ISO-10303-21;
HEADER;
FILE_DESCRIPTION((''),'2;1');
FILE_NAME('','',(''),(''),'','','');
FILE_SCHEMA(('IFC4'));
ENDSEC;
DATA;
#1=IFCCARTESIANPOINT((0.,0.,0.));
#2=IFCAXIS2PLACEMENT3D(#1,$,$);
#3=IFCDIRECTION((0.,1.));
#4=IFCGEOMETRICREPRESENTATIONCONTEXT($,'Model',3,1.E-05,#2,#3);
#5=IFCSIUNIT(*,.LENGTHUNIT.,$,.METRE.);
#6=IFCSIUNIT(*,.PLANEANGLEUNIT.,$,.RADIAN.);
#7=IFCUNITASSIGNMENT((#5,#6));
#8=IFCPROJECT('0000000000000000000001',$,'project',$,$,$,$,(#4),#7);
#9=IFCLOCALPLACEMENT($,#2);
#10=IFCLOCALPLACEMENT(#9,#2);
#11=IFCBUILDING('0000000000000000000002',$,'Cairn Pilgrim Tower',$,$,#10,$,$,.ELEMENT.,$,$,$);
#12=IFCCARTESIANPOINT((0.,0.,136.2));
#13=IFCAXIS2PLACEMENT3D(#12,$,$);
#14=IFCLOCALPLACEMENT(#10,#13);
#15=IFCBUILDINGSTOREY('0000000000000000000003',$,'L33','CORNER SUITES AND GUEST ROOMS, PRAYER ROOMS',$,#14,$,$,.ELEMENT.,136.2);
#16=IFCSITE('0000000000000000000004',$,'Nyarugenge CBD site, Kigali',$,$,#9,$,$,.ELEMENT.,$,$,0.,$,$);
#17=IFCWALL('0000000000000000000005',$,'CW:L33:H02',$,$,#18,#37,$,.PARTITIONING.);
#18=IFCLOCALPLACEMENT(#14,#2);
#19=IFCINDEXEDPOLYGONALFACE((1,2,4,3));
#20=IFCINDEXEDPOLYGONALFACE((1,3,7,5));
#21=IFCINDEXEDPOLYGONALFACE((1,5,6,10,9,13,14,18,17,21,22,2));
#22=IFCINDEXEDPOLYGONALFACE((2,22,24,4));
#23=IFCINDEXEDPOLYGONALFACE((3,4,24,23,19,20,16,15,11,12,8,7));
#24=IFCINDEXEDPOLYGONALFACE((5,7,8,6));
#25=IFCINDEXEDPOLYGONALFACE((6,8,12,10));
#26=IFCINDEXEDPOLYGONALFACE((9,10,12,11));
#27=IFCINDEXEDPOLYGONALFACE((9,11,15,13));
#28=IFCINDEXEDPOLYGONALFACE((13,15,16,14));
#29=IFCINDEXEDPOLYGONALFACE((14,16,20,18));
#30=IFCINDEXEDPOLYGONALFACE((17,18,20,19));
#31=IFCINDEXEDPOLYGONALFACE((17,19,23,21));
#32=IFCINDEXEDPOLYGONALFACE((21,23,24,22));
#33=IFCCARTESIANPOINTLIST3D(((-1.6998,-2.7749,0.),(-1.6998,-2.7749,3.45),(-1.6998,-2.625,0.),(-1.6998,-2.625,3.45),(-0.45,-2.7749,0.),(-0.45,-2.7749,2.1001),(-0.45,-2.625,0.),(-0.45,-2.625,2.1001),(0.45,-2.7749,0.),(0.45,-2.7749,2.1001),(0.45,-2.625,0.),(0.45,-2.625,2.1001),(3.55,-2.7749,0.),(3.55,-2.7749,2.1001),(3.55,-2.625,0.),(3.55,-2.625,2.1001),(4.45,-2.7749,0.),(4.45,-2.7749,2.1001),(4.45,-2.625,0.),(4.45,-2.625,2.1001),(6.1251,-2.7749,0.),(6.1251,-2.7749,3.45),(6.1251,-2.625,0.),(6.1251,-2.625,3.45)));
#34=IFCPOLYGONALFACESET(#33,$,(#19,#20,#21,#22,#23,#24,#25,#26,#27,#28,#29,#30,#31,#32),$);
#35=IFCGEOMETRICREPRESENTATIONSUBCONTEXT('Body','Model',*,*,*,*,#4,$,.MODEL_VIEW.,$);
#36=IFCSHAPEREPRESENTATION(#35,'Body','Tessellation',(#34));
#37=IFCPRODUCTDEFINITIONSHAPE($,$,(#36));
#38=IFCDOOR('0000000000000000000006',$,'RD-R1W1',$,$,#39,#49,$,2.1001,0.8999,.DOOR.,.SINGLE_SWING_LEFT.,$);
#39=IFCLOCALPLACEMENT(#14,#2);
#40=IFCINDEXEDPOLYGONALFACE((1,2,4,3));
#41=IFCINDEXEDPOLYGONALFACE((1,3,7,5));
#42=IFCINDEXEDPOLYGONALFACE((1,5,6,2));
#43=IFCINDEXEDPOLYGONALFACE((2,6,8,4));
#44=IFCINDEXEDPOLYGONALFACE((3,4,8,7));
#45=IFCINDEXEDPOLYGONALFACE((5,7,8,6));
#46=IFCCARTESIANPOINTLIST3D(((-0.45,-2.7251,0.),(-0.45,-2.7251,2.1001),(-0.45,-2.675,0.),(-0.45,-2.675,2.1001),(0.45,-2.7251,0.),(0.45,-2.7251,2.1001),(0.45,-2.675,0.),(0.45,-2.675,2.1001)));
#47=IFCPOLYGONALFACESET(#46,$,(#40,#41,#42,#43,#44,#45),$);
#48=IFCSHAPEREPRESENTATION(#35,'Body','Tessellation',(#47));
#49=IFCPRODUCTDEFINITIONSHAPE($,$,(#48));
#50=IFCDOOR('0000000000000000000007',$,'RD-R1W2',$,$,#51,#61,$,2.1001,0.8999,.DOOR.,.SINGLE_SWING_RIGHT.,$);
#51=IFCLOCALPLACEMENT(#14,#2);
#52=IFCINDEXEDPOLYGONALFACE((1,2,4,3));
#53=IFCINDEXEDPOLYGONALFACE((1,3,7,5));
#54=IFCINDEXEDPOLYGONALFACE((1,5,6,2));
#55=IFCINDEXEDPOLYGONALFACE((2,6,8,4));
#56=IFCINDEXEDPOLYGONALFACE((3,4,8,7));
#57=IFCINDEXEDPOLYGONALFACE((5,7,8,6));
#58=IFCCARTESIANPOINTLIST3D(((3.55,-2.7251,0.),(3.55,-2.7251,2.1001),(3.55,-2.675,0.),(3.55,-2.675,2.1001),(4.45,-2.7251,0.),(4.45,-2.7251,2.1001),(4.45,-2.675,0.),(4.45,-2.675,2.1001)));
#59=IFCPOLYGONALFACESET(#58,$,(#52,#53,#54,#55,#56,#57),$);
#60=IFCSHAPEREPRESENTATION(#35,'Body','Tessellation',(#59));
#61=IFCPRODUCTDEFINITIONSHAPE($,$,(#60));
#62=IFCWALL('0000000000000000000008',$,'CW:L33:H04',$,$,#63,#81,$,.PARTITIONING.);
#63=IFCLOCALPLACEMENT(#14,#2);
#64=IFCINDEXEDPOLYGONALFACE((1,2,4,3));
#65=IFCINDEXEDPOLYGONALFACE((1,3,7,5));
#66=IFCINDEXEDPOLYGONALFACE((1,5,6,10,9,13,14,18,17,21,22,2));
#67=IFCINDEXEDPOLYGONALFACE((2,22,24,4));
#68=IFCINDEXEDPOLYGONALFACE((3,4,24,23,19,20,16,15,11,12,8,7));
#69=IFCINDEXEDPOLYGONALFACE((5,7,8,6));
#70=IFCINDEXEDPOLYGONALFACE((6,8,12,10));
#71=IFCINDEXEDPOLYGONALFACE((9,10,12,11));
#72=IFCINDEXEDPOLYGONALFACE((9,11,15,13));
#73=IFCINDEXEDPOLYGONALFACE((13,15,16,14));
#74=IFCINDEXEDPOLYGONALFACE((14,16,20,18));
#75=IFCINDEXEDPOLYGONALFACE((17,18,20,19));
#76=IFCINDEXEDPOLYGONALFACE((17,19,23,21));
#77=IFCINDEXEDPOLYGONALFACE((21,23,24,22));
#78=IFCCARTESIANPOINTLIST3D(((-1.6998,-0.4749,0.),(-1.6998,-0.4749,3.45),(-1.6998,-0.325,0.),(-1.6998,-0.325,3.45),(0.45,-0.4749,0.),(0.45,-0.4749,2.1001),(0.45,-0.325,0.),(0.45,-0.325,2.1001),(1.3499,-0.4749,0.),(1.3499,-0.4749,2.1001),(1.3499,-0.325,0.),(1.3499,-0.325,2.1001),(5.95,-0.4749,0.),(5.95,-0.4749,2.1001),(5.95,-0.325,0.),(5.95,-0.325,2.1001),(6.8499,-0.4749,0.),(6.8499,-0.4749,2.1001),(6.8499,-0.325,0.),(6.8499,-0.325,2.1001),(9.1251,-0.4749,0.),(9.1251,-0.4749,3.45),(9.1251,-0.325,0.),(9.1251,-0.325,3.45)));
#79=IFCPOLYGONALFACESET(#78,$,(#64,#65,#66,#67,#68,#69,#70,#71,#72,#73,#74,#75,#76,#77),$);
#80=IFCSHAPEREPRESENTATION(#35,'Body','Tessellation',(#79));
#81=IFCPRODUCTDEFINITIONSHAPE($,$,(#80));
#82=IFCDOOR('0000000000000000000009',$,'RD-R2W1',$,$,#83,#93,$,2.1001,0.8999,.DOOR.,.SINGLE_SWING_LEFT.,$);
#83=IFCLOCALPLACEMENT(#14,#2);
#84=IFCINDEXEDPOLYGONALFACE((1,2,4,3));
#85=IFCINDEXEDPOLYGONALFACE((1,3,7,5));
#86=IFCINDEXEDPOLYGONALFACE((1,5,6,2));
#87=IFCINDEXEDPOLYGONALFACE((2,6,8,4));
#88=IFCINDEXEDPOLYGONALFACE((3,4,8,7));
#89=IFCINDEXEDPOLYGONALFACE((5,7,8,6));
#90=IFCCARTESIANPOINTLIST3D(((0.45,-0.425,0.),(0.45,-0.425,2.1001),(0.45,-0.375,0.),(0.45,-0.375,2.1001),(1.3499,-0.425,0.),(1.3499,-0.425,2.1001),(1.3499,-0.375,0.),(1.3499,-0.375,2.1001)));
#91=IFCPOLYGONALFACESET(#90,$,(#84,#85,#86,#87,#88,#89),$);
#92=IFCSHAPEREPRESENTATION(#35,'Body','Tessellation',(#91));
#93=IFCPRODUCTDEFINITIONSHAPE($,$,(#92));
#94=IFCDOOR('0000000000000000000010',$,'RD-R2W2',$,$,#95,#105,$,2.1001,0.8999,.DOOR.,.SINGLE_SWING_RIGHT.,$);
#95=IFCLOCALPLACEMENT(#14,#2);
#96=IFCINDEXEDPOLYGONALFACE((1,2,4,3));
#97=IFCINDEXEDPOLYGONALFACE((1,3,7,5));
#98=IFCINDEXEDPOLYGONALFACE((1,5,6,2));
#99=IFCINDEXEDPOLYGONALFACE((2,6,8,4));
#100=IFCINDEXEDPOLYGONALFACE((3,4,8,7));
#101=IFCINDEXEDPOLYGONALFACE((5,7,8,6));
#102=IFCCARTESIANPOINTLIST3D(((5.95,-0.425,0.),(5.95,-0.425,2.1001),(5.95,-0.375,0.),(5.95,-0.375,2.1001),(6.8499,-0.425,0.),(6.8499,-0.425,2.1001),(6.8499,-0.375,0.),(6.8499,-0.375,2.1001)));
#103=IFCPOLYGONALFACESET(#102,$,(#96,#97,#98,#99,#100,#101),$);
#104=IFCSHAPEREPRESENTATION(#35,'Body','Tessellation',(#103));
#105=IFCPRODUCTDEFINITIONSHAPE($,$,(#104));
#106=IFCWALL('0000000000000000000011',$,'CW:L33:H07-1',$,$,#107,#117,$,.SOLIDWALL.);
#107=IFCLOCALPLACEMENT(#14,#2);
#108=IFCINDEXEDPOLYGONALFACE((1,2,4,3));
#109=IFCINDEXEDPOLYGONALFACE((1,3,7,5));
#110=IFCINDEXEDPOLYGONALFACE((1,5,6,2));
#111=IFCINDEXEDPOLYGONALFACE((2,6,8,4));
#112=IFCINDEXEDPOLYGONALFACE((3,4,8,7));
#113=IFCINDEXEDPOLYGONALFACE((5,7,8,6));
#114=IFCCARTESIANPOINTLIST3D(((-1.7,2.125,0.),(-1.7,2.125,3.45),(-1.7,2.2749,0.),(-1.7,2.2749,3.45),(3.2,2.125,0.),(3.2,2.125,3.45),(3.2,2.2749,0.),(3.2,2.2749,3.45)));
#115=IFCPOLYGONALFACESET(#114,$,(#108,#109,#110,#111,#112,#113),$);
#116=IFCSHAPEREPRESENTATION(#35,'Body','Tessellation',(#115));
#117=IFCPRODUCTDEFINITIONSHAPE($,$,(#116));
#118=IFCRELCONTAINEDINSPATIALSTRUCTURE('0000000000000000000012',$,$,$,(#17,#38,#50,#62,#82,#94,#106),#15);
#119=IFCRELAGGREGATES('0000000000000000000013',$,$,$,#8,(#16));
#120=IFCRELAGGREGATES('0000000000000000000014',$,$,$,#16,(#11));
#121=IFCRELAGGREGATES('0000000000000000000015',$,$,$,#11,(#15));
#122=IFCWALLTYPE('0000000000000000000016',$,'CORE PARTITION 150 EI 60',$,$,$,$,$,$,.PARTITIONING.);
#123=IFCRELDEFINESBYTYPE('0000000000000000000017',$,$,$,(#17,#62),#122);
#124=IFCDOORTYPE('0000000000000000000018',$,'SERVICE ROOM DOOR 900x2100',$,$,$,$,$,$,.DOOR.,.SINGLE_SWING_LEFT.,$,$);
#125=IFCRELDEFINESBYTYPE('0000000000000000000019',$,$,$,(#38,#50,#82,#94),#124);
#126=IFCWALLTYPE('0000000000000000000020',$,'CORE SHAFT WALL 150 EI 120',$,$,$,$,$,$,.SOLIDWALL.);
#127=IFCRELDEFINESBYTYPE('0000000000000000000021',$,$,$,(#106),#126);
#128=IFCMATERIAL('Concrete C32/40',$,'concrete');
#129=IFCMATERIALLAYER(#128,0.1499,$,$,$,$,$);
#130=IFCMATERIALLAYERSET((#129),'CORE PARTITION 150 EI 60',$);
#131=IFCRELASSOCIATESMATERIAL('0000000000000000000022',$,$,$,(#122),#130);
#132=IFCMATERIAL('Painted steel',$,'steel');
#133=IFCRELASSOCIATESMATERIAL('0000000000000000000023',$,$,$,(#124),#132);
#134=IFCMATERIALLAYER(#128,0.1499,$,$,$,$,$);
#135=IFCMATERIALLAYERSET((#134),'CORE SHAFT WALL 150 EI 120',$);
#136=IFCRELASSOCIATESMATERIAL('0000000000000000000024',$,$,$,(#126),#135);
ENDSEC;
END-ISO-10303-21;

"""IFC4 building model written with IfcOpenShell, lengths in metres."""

from ifc_helpers import new_model, si_unit, direction, frame, frame_2d, origin, place, context, subcontext, project, spatial, rectangle, extrude, material, layer, layer_set, type_object, element, fill, save


model = new_model("IFC4")

# Units and contexts
model_context = context("Model", 3, precision=1e-05, world=origin(), true_north=direction((0.0, 1.0)))
body_context = subcontext(model_context, "Body", "Model", "MODEL_VIEW")
ifc_project = project(units=[si_unit("LENGTHUNIT", "METRE"), si_unit("PLANEANGLEUNIT", "RADIAN")], contexts=[model_context])

# Site, building, storey
site_placement = place(None, origin())
site = spatial("IfcSite", under=ifc_project, at=site_placement, Name="Nyarugenge CBD site, Kigali", CompositionType="ELEMENT", RefElevation=0.0)
building_placement = place(site_placement, origin())
building = spatial("IfcBuilding", under=site, at=building_placement, Name="Cairn Pilgrim Tower", CompositionType="ELEMENT")
storey_placement = place(building_placement, frame((0.0, 0.0, 136.2)))
storey = spatial("IfcBuildingStorey", under=building, at=storey_placement, Name="L33", Description="CORNER SUITES AND GUEST ROOMS, PRAYER ROOMS", CompositionType="ELEMENT", Elevation=136.2)

# Shared definitions
ifc_material_1 = material(Name="Concrete C32/40", Category="concrete")

# Walls, openings, doors
ifc_material_2 = material(Name="Painted steel", Category="steel")
ifc_layer_1 = layer(ifc_material_1, 0.1499)
ifc_layer_set_1 = layer_set([ifc_layer_1], Name="CORE PARTITION 150 EI 60")
wall_type_1 = type_object("IfcWallType", Name="CORE PARTITION 150 EI 60", PredefinedType="PARTITIONING", material=ifc_layer_set_1)
wall_1_placement = place(storey_placement, frame((-1.7, -2.7, 0.0), z_axis=(0.0, 0.0, 1.0), x_axis=(1.0, 0.0, 0.0)))
wall_1 = element("IfcWall", 1, at=wall_1_placement, inside=storey, type_object=wall_type_1, Name="CW:L33:H02", PredefinedType="PARTITIONING", context=body_context, shape_type="SweptSolid", body=[
    extrude(rectangle(XDim=7.825, YDim=0.1499, at=frame_2d((3.9126, 0.0))), origin(), (0.0, 0.0, 1.0), 3.45),
])
opening_1_placement = place(wall_1_placement, frame((1.25, 0.0, 0.0)))
opening_1 = element("IfcOpeningElement", 2, at=opening_1_placement, cuts=wall_1, PredefinedType="OPENING", context=body_context, shape_type="SweptSolid", body=[
    extrude(rectangle(XDim=0.8999, YDim=2.1001, at=frame_2d((0.45, 1.05))), frame((0.0, 0.085, 0.0), z_axis=(0.0, -1.0, 0.0), x_axis=(1.0, 0.0, 0.0)), (0.0, 0.0, 1.0), 0.1699),
])
opening_2_placement = place(wall_1_placement, frame((5.25, 0.0, 0.0)))
opening_2 = element("IfcOpeningElement", 3, at=opening_2_placement, cuts=wall_1, PredefinedType="OPENING", context=body_context, shape_type="SweptSolid", body=[
    extrude(rectangle(XDim=0.8999, YDim=2.1001, at=frame_2d((0.45, 1.05))), frame((0.0, 0.085, 0.0), z_axis=(0.0, -1.0, 0.0), x_axis=(1.0, 0.0, 0.0)), (0.0, 0.0, 1.0), 0.1699),
])
door_type_1 = type_object("IfcDoorType", Name="SERVICE ROOM DOOR 900x2100", OperationType="SINGLE_SWING_LEFT", PredefinedType="DOOR", material=ifc_material_2)
door_1_placement = place(opening_1_placement, origin())
door_1 = element("IfcDoor", 4, at=door_1_placement, inside=storey, type_object=door_type_1, Name="RD-R1W1", OperationType="SINGLE_SWING_LEFT", OverallHeight=2.1001, OverallWidth=0.8999, PredefinedType="DOOR", context=body_context, shape_type="SweptSolid", body=[
    extrude(rectangle(XDim=0.8999, YDim=2.1001, at=frame_2d((0.45, 1.05))), frame((0.0, 0.0249, 0.0), z_axis=(0.0, -1.0, 0.0), x_axis=(1.0, 0.0, 0.0)), (0.0, 0.0, 1.0), 0.05),
])
fill(opening_1, door_1)
door_2_placement = place(opening_2_placement, origin())
door_2 = element("IfcDoor", 5, at=door_2_placement, inside=storey, type_object=door_type_1, Name="RD-R1W2", OperationType="SINGLE_SWING_RIGHT", OverallHeight=2.1001, OverallWidth=0.8999, PredefinedType="DOOR", context=body_context, shape_type="SweptSolid", body=[
    extrude(rectangle(XDim=0.8999, YDim=2.1001, at=frame_2d((0.45, 1.05))), frame((0.0, 0.0249, 0.0), z_axis=(0.0, -1.0, 0.0), x_axis=(1.0, 0.0, 0.0)), (0.0, 0.0, 1.0), 0.05),
])
fill(opening_2, door_2)
wall_2_placement = place(storey_placement, frame((-1.7, -0.3999, 0.0), z_axis=(0.0, 0.0, 1.0), x_axis=(1.0, 0.0, 0.0)))
wall_2 = element("IfcWall", 6, at=wall_2_placement, inside=storey, type_object=wall_type_1, Name="CW:L33:H04", PredefinedType="PARTITIONING", context=body_context, shape_type="SweptSolid", body=[
    extrude(rectangle(XDim=10.825, YDim=0.1499, at=frame_2d((5.4126, 0.0))), origin(), (0.0, 0.0, 1.0), 3.45),
])
opening_3_placement = place(wall_2_placement, frame((2.1499, 0.0, 0.0)))
opening_3 = element("IfcOpeningElement", 7, at=opening_3_placement, cuts=wall_2, PredefinedType="OPENING", context=body_context, shape_type="SweptSolid", body=[
    extrude(rectangle(XDim=0.8999, YDim=2.1001, at=frame_2d((0.45, 1.05))), frame((0.0, 0.085, 0.0), z_axis=(0.0, -1.0, 0.0), x_axis=(1.0, 0.0, 0.0)), (0.0, 0.0, 1.0), 0.1699),
])
opening_4_placement = place(wall_2_placement, frame((7.6499, 0.0, 0.0)))
opening_4 = element("IfcOpeningElement", 8, at=opening_4_placement, cuts=wall_2, PredefinedType="OPENING", context=body_context, shape_type="SweptSolid", body=[
    extrude(rectangle(XDim=0.8999, YDim=2.1001, at=frame_2d((0.45, 1.05))), frame((0.0, 0.085, 0.0), z_axis=(0.0, -1.0, 0.0), x_axis=(1.0, 0.0, 0.0)), (0.0, 0.0, 1.0), 0.1699),
])
door_3_placement = place(opening_3_placement, origin())
door_3 = element("IfcDoor", 9, at=door_3_placement, inside=storey, type_object=door_type_1, Name="RD-R2W1", OperationType="SINGLE_SWING_LEFT", OverallHeight=2.1001, OverallWidth=0.8999, PredefinedType="DOOR", context=body_context, shape_type="SweptSolid", body=[
    extrude(rectangle(XDim=0.8999, YDim=2.1001, at=frame_2d((0.45, 1.05))), frame((0.0, 0.0249, 0.0), z_axis=(0.0, -1.0, 0.0), x_axis=(1.0, 0.0, 0.0)), (0.0, 0.0, 1.0), 0.05),
])
fill(opening_3, door_3)
door_4_placement = place(opening_4_placement, origin())
door_4 = element("IfcDoor", 10, at=door_4_placement, inside=storey, type_object=door_type_1, Name="RD-R2W2", OperationType="SINGLE_SWING_RIGHT", OverallHeight=2.1001, OverallWidth=0.8999, PredefinedType="DOOR", context=body_context, shape_type="SweptSolid", body=[
    extrude(rectangle(XDim=0.8999, YDim=2.1001, at=frame_2d((0.45, 1.05))), frame((0.0, 0.0249, 0.0), z_axis=(0.0, -1.0, 0.0), x_axis=(1.0, 0.0, 0.0)), (0.0, 0.0, 1.0), 0.05),
])
fill(opening_4, door_4)

# Wall
ifc_layer_2 = layer(ifc_material_1, 0.1499)
ifc_layer_set_2 = layer_set([ifc_layer_2], Name="CORE SHAFT WALL 150 EI 120")
wall_type_2 = type_object("IfcWallType", Name="CORE SHAFT WALL 150 EI 120", PredefinedType="SOLIDWALL", material=ifc_layer_set_2)
wall_3_placement = place(storey_placement, frame((-1.7, 2.2, 0.0), z_axis=(0.0, 0.0, 1.0), x_axis=(1.0, 0.0, 0.0)))
element("IfcWall", 11, at=wall_3_placement, inside=storey, type_object=wall_type_2, Name="CW:L33:H07-1", PredefinedType="SOLIDWALL", context=body_context, shape_type="SweptSolid", body=[
    extrude(rectangle(XDim=4.8999, YDim=0.1499, at=frame_2d((2.45, 0.0))), origin(), (0.0, 0.0, 1.0), 3.45),
])

save(model, "model.ifc")
